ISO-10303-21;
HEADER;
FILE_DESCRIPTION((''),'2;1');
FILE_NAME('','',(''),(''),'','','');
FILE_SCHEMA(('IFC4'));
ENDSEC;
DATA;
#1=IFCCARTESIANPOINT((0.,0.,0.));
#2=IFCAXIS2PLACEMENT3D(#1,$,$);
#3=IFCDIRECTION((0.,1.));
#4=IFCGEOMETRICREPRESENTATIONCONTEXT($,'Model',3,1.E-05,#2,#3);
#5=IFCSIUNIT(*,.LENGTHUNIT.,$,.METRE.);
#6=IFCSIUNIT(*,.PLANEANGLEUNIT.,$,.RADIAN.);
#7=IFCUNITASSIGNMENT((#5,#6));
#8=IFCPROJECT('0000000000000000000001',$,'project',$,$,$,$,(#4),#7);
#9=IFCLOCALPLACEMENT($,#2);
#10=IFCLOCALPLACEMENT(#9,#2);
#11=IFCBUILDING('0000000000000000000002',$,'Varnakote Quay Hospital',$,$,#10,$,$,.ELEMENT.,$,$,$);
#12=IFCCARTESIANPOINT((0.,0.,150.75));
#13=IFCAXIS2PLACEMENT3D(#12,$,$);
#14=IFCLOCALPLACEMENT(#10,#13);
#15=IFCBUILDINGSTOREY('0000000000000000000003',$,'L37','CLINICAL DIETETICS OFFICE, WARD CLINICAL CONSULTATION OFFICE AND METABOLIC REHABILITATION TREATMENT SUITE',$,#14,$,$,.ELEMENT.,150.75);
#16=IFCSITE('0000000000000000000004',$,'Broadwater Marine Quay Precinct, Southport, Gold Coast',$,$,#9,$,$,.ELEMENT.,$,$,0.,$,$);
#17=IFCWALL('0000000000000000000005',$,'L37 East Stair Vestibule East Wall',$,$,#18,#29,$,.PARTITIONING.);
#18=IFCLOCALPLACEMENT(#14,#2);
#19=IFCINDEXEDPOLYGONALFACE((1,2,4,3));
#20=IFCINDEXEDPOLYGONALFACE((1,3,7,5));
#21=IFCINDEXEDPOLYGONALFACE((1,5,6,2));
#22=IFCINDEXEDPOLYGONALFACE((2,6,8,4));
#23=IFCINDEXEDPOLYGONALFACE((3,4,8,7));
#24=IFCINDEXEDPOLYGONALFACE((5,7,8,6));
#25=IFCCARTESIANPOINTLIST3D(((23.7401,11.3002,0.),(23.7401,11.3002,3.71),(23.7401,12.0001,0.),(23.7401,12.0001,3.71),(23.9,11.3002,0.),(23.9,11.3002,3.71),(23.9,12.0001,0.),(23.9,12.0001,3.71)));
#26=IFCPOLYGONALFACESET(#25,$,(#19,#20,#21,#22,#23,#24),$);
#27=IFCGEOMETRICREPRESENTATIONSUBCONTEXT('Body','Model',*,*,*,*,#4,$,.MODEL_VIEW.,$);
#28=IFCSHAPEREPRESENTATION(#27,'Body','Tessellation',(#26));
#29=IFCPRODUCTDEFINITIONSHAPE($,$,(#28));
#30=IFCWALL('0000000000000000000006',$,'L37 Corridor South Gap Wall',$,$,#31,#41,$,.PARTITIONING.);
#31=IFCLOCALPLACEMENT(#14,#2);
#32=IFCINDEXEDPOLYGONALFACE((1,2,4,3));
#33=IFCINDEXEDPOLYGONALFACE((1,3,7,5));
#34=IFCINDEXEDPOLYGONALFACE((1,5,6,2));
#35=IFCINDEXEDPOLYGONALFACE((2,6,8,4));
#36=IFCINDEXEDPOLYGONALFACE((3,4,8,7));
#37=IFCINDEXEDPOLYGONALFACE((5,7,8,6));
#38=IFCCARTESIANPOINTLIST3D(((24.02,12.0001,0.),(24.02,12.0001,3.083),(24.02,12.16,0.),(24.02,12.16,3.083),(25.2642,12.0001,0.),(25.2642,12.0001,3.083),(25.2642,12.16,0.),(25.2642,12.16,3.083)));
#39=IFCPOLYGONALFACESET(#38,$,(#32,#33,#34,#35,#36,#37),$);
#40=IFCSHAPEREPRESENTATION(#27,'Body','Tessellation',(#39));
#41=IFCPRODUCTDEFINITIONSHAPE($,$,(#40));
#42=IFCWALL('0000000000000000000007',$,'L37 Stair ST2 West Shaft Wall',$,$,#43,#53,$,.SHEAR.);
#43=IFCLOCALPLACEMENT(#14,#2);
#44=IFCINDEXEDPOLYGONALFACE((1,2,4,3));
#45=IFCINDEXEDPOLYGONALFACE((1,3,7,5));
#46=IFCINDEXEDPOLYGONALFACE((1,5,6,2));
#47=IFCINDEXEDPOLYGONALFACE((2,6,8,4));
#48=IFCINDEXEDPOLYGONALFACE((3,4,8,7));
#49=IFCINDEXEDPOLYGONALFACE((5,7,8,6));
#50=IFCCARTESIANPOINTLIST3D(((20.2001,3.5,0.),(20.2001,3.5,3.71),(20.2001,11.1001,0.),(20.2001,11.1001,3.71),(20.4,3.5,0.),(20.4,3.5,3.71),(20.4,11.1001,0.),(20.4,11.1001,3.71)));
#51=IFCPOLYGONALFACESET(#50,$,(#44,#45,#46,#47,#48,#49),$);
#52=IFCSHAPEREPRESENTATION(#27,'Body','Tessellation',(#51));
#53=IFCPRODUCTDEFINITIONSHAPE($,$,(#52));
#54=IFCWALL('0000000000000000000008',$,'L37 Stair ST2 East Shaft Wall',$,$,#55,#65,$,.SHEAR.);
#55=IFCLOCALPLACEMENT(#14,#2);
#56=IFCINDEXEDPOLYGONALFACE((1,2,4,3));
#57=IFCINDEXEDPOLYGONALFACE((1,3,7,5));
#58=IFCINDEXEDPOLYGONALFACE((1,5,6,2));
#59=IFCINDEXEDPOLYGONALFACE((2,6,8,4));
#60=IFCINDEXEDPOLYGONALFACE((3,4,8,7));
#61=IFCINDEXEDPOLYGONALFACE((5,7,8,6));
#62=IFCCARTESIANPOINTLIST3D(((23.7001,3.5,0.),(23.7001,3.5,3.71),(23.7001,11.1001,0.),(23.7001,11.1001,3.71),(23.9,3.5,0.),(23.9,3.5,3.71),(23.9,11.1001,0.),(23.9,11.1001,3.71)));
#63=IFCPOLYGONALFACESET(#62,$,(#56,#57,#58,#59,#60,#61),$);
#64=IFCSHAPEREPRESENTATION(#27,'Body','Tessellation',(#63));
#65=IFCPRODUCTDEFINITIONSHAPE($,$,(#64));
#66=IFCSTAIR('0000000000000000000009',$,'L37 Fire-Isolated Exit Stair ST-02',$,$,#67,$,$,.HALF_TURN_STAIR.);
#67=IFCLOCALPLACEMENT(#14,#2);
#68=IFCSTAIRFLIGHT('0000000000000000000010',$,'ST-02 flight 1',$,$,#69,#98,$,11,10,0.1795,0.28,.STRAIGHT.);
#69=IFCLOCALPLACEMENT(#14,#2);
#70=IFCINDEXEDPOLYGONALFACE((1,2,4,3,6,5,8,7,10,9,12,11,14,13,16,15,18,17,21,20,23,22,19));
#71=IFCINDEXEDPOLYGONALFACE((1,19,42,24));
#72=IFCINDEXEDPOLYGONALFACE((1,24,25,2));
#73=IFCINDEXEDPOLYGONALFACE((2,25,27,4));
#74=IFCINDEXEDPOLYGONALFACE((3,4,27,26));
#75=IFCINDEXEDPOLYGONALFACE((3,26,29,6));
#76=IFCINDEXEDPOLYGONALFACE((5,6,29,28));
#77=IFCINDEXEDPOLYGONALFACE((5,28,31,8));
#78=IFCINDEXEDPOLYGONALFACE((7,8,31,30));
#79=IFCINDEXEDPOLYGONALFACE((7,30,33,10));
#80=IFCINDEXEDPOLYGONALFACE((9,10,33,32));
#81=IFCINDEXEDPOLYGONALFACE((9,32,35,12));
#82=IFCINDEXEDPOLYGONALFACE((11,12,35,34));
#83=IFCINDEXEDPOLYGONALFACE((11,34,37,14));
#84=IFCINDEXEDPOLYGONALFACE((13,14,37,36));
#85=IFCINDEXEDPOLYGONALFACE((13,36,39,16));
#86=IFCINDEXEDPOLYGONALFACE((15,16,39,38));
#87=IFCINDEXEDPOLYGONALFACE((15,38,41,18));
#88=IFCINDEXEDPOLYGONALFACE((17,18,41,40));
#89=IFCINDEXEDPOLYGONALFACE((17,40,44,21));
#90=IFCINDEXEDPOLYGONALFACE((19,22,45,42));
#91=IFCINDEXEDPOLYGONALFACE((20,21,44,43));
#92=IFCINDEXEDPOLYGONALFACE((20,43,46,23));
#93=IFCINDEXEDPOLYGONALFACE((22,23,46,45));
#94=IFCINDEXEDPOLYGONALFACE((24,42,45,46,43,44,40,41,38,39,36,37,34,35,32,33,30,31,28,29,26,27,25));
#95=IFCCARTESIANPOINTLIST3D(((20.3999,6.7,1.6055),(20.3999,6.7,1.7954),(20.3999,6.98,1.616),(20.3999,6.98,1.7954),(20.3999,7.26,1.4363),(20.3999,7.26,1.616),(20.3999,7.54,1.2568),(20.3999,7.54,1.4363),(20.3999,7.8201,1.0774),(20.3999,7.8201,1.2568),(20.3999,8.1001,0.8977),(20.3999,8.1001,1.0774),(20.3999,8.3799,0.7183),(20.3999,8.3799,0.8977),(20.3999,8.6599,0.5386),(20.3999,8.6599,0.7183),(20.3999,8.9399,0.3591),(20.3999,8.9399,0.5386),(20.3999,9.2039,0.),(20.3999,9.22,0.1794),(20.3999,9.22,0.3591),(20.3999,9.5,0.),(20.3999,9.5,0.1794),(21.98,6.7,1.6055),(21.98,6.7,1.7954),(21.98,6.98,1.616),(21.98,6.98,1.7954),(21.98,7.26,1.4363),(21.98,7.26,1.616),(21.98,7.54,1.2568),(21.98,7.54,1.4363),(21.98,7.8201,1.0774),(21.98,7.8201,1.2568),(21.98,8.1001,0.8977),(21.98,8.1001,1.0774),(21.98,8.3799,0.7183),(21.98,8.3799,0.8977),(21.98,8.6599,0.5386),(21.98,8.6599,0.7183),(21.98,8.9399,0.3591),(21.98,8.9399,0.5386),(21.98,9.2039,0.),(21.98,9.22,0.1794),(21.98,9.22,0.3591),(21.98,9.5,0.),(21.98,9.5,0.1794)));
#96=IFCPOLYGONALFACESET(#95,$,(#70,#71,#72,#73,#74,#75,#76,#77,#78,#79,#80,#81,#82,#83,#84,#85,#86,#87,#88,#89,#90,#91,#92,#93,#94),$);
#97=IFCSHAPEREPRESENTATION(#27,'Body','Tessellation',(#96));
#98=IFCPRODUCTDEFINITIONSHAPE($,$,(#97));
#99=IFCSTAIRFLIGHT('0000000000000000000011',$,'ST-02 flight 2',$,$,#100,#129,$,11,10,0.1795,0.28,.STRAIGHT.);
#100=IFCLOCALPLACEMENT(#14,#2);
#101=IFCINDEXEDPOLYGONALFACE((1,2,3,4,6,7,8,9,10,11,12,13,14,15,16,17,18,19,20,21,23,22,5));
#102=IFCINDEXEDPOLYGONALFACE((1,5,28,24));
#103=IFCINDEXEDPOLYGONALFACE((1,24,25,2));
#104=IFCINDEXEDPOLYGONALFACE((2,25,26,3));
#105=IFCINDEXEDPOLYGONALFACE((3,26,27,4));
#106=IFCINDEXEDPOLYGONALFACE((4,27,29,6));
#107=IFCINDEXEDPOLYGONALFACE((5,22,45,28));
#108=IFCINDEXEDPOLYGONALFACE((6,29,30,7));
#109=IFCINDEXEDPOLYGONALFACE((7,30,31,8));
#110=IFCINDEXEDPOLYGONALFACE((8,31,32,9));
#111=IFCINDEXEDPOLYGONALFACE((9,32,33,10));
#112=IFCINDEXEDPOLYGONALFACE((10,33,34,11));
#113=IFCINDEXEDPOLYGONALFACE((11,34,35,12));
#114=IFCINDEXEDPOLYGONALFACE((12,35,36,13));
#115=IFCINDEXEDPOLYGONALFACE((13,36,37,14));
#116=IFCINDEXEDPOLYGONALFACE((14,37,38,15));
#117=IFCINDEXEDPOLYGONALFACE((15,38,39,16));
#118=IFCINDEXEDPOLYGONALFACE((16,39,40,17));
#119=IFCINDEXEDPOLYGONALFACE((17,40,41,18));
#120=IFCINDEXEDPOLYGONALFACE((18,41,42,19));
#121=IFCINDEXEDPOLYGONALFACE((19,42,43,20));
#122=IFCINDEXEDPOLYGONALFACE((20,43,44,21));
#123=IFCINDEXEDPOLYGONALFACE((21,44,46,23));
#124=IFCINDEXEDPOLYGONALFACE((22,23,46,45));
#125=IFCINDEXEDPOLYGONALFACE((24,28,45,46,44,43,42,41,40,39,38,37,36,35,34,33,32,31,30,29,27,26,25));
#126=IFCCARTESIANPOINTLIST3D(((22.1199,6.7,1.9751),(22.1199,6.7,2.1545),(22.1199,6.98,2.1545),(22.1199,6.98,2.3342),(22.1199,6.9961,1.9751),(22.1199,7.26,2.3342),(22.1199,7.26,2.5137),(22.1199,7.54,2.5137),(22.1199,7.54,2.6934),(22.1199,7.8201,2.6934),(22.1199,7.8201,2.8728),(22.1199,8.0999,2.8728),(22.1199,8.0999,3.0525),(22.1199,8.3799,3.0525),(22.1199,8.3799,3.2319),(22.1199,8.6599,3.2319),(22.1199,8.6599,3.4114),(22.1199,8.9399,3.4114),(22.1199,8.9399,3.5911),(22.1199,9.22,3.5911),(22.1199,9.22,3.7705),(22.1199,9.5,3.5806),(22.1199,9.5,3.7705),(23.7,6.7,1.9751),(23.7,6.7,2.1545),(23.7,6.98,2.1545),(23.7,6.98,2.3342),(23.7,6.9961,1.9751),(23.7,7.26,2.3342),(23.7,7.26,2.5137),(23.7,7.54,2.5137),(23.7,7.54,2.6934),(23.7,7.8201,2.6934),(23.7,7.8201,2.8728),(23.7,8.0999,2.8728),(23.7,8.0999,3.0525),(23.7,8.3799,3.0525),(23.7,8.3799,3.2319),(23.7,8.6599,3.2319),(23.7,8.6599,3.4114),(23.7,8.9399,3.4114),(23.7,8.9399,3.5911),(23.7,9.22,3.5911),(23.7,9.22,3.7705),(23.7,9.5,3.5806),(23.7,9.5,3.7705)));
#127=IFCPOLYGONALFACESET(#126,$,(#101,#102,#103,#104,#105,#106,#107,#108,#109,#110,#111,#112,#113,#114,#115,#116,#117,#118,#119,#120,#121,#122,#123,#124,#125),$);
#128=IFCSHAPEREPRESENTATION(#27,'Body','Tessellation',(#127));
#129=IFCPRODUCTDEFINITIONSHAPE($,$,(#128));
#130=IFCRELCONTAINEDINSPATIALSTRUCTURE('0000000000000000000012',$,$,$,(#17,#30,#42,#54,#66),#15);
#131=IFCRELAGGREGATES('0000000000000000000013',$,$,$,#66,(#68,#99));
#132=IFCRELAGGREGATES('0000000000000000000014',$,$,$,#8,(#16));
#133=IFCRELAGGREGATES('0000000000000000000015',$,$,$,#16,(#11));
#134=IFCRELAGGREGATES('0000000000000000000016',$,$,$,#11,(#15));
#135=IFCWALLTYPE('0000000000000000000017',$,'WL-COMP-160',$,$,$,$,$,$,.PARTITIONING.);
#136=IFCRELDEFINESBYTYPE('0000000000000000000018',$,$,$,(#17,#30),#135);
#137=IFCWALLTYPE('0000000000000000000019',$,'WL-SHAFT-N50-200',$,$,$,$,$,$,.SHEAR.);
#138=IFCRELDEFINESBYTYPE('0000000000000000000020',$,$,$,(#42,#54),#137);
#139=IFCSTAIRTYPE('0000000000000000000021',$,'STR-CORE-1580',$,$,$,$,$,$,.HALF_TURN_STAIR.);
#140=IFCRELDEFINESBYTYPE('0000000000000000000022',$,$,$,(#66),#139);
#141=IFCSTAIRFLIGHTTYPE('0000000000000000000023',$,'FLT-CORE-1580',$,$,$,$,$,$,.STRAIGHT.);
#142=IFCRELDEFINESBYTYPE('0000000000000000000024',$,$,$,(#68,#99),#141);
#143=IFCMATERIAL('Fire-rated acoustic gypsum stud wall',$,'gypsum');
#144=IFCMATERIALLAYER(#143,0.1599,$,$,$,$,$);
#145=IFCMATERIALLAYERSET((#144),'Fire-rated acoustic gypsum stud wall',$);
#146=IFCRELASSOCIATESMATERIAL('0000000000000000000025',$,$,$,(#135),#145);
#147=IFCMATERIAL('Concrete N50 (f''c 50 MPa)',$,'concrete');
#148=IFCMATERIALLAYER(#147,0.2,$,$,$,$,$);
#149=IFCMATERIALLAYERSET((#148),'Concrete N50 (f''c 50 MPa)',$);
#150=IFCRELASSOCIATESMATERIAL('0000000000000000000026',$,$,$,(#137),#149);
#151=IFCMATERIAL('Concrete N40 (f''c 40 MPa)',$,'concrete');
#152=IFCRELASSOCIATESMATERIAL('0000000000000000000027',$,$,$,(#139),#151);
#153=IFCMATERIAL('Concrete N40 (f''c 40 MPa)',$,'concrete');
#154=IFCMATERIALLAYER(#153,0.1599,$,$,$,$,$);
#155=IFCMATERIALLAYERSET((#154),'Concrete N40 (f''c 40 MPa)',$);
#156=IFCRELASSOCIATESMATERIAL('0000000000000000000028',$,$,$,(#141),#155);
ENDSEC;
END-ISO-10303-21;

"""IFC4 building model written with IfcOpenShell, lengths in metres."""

from ifc_helpers import new_model, si_unit, direction, frame, frame_2d, origin, place, context, subcontext, project, spatial, polyline, rectangle, outline, extrude, material, layer, layer_set, type_object, element, aggregate, save


model = new_model("IFC4")

# Units and contexts
model_context = context("Model", 3, precision=1e-05, world=origin(), true_north=direction((0.0, 1.0)))
body_context = subcontext(model_context, "Body", "Model", "MODEL_VIEW")
ifc_project = project(units=[si_unit("LENGTHUNIT", "METRE"), si_unit("PLANEANGLEUNIT", "RADIAN")], contexts=[model_context])

# Site, building, storey
site_placement = place(None, origin())
site = spatial("IfcSite", under=ifc_project, at=site_placement, Name="Broadwater Marine Quay Precinct, Southport, Gold Coast", CompositionType="ELEMENT", RefElevation=0.0)
building_placement = place(site_placement, origin())
building = spatial("IfcBuilding", under=site, at=building_placement, Name="Varnakote Quay Hospital", CompositionType="ELEMENT")
storey_placement = place(building_placement, frame((0.0, 0.0, 150.75)))
storey = spatial("IfcBuildingStorey", under=building, at=storey_placement, Name="L37", Description="CLINICAL DIETETICS OFFICE, WARD CLINICAL CONSULTATION OFFICE AND METABOLIC REHABILITATION TREATMENT SUITE", CompositionType="ELEMENT", Elevation=150.75)

# Shared definitions
ifc_material_1 = material(Name="Fire-rated acoustic gypsum stud wall", Category="gypsum")
ifc_layer_1 = layer(ifc_material_1, 0.1599)
ifc_layer_set_1 = layer_set([ifc_layer_1], Name="Fire-rated acoustic gypsum stud wall")
wall_type_1 = type_object("IfcWallType", Name="WL-COMP-160", PredefinedType="PARTITIONING", material=ifc_layer_set_1)

# Walls
wall_1_placement = place(storey_placement, frame((23.8201, 11.3, 0.0), z_axis=(0.0, 0.0, 1.0), x_axis=(0.0, 1.0, 0.0)))
element("IfcWall", 1, at=wall_1_placement, inside=storey, type_object=wall_type_1, Name="L37 East Stair Vestibule East Wall", PredefinedType="PARTITIONING", context=body_context, shape_type="SweptSolid", body=[
    extrude(rectangle(XDim=0.7, YDim=0.1599, at=frame_2d((0.3501, 0.0))), origin(), (0.0, 0.0, 1.0), 3.71),
])
wall_2_placement = place(storey_placement, frame((24.02, 12.0801, 0.0), z_axis=(0.0, 0.0, 1.0), x_axis=(1.0, 0.0, 0.0)))
element("IfcWall", 2, at=wall_2_placement, inside=storey, type_object=wall_type_1, Name="L37 Corridor South Gap Wall", PredefinedType="PARTITIONING", context=body_context, shape_type="SweptSolid", body=[
    extrude(rectangle(XDim=1.2441, YDim=0.1599, at=frame_2d((0.6221, 0.0))), origin(), (0.0, 0.0, 1.0), 3.083),
])
ifc_material_2 = material(Name="Concrete N50 (f'c 50 MPa)", Category="concrete")
ifc_layer_2 = layer(ifc_material_2, 0.2)
ifc_layer_set_2 = layer_set([ifc_layer_2], Name="Concrete N50 (f'c 50 MPa)")
wall_type_2 = type_object("IfcWallType", Name="WL-SHAFT-N50-200", PredefinedType="SHEAR", material=ifc_layer_set_2)
for number, where, z_axis, x_axis, name in (
    (3, (20.3, 3.5, 0.0), (0.0, 0.0, 1.0), (0.0, 1.0, 0.0), "L37 Stair ST2 West Shaft Wall"),
    (4, (23.8, 3.5, 0.0), (0.0, 0.0, 1.0), (0.0, 1.0, 0.0), "L37 Stair ST2 East Shaft Wall"),
):
    element("IfcWall", number, at=place(storey_placement, frame(where, z_axis=z_axis, x_axis=x_axis)), inside=storey, type_object=wall_type_2, Name=name, PredefinedType="SHEAR", context=body_context, shape_type="SweptSolid", body=[
        extrude(rectangle(XDim=7.6001, YDim=0.2, at=frame_2d((3.8, 0.0))), origin(), (0.0, 0.0, 1.0), 3.71),
    ])

# Stair, stair flights
ifc_material_3 = material(Name="Concrete N40 (f'c 40 MPa)", Category="concrete")
stair_type = type_object("IfcStairType", Name="STR-CORE-1580", PredefinedType="HALF_TURN_STAIR", material=ifc_material_3)
stair_placement = place(storey_placement, origin())
stair = element("IfcStair", 5, at=stair_placement, inside=storey, type_object=stair_type, Name="L37 Fire-Isolated Exit Stair ST-02", PredefinedType="HALF_TURN_STAIR")
ifc_material_4 = material(Name="Concrete N40 (f'c 40 MPa)", Category="concrete")
ifc_layer_3 = layer(ifc_material_4, 0.1599)
ifc_layer_set_3 = layer_set([ifc_layer_3], Name="Concrete N40 (f'c 40 MPa)")
stair_flight_type = type_object("IfcStairFlightType", Name="FLT-CORE-1580", PredefinedType="STRAIGHT", material=ifc_layer_set_3)
stair_flight_1_placement = place(storey_placement, frame((21.1899, 9.5, 0.0), z_axis=(0.0, 0.0, 1.0), x_axis=(0.0, -1.0, 0.0)))
stair_flight_1 = element("IfcStairFlight", 6, at=stair_flight_1_placement, type_object=stair_flight_type, Name="ST-02 flight 1", NumberOfRisers=11, NumberOfTreads=10, PredefinedType="STRAIGHT", RiserHeight=0.1795, TreadLength=0.28, context=body_context, shape_type="SweptSolid", body=[
    extrude(outline(polyline([(0.0, 0.0), (0.0, 0.1794), (0.28, 0.1794), (0.28, 0.3591), (0.5601, 0.3591), (0.5601, 0.5386), (0.8401, 0.5386), (0.8401, 0.7183), (1.1201, 0.7183), (1.1201, 0.8977), (1.3999, 0.8977), (1.3999, 1.0774), (1.6799, 1.0774), (1.6799, 1.2568), (1.96, 1.2568), (1.96, 1.4363), (2.24, 1.4363), (2.24, 1.616), (2.52, 1.616), (2.52, 1.7954), (2.8, 1.7954), (2.8, 1.9751), (2.8, 1.6055), (0.2961, 0.0), (0.0, 0.0)])), frame((0.0, 0.79, 0.0), z_axis=(0.0, -1.0, 0.0), x_axis=(1.0, 0.0, 0.0)), (0.0, 0.0, 1.0), 1.5801),
])
stair_flight_2_placement = place(storey_placement, frame((22.9099, 6.7, 1.9751), z_axis=(0.0, 0.0, 1.0), x_axis=(0.0, 1.0, 0.0)))
stair_flight_2 = element("IfcStairFlight", 7, at=stair_flight_2_placement, type_object=stair_flight_type, Name="ST-02 flight 2", NumberOfRisers=11, NumberOfTreads=10, PredefinedType="STRAIGHT", RiserHeight=0.1795, TreadLength=0.28, context=body_context, shape_type="SweptSolid", body=[
    extrude(outline(polyline([(0.0, 0.0), (0.0, 0.1794), (0.28, 0.1794), (0.28, 0.3591), (0.5601, 0.3591), (0.5601, 0.5386), (0.8401, 0.5386), (0.8401, 0.7183), (1.1201, 0.7183), (1.1201, 0.8977), (1.3999, 0.8977), (1.3999, 1.0774), (1.6799, 1.0774), (1.6799, 1.2568), (1.96, 1.2568), (1.96, 1.4363), (2.24, 1.4363), (2.24, 1.616), (2.52, 1.616), (2.52, 1.7954), (2.8, 1.7954), (2.8, 1.9751), (2.8, 1.6055), (0.2961, 0.0), (0.0, 0.0)])), frame((0.0, 0.79, 0.0), z_axis=(0.0, -1.0, 0.0), x_axis=(1.0, 0.0, 0.0)), (0.0, 0.0, 1.0), 1.5801),
])
aggregate(stair, [stair_flight_1, stair_flight_2])

save(model, "model.ifc")
